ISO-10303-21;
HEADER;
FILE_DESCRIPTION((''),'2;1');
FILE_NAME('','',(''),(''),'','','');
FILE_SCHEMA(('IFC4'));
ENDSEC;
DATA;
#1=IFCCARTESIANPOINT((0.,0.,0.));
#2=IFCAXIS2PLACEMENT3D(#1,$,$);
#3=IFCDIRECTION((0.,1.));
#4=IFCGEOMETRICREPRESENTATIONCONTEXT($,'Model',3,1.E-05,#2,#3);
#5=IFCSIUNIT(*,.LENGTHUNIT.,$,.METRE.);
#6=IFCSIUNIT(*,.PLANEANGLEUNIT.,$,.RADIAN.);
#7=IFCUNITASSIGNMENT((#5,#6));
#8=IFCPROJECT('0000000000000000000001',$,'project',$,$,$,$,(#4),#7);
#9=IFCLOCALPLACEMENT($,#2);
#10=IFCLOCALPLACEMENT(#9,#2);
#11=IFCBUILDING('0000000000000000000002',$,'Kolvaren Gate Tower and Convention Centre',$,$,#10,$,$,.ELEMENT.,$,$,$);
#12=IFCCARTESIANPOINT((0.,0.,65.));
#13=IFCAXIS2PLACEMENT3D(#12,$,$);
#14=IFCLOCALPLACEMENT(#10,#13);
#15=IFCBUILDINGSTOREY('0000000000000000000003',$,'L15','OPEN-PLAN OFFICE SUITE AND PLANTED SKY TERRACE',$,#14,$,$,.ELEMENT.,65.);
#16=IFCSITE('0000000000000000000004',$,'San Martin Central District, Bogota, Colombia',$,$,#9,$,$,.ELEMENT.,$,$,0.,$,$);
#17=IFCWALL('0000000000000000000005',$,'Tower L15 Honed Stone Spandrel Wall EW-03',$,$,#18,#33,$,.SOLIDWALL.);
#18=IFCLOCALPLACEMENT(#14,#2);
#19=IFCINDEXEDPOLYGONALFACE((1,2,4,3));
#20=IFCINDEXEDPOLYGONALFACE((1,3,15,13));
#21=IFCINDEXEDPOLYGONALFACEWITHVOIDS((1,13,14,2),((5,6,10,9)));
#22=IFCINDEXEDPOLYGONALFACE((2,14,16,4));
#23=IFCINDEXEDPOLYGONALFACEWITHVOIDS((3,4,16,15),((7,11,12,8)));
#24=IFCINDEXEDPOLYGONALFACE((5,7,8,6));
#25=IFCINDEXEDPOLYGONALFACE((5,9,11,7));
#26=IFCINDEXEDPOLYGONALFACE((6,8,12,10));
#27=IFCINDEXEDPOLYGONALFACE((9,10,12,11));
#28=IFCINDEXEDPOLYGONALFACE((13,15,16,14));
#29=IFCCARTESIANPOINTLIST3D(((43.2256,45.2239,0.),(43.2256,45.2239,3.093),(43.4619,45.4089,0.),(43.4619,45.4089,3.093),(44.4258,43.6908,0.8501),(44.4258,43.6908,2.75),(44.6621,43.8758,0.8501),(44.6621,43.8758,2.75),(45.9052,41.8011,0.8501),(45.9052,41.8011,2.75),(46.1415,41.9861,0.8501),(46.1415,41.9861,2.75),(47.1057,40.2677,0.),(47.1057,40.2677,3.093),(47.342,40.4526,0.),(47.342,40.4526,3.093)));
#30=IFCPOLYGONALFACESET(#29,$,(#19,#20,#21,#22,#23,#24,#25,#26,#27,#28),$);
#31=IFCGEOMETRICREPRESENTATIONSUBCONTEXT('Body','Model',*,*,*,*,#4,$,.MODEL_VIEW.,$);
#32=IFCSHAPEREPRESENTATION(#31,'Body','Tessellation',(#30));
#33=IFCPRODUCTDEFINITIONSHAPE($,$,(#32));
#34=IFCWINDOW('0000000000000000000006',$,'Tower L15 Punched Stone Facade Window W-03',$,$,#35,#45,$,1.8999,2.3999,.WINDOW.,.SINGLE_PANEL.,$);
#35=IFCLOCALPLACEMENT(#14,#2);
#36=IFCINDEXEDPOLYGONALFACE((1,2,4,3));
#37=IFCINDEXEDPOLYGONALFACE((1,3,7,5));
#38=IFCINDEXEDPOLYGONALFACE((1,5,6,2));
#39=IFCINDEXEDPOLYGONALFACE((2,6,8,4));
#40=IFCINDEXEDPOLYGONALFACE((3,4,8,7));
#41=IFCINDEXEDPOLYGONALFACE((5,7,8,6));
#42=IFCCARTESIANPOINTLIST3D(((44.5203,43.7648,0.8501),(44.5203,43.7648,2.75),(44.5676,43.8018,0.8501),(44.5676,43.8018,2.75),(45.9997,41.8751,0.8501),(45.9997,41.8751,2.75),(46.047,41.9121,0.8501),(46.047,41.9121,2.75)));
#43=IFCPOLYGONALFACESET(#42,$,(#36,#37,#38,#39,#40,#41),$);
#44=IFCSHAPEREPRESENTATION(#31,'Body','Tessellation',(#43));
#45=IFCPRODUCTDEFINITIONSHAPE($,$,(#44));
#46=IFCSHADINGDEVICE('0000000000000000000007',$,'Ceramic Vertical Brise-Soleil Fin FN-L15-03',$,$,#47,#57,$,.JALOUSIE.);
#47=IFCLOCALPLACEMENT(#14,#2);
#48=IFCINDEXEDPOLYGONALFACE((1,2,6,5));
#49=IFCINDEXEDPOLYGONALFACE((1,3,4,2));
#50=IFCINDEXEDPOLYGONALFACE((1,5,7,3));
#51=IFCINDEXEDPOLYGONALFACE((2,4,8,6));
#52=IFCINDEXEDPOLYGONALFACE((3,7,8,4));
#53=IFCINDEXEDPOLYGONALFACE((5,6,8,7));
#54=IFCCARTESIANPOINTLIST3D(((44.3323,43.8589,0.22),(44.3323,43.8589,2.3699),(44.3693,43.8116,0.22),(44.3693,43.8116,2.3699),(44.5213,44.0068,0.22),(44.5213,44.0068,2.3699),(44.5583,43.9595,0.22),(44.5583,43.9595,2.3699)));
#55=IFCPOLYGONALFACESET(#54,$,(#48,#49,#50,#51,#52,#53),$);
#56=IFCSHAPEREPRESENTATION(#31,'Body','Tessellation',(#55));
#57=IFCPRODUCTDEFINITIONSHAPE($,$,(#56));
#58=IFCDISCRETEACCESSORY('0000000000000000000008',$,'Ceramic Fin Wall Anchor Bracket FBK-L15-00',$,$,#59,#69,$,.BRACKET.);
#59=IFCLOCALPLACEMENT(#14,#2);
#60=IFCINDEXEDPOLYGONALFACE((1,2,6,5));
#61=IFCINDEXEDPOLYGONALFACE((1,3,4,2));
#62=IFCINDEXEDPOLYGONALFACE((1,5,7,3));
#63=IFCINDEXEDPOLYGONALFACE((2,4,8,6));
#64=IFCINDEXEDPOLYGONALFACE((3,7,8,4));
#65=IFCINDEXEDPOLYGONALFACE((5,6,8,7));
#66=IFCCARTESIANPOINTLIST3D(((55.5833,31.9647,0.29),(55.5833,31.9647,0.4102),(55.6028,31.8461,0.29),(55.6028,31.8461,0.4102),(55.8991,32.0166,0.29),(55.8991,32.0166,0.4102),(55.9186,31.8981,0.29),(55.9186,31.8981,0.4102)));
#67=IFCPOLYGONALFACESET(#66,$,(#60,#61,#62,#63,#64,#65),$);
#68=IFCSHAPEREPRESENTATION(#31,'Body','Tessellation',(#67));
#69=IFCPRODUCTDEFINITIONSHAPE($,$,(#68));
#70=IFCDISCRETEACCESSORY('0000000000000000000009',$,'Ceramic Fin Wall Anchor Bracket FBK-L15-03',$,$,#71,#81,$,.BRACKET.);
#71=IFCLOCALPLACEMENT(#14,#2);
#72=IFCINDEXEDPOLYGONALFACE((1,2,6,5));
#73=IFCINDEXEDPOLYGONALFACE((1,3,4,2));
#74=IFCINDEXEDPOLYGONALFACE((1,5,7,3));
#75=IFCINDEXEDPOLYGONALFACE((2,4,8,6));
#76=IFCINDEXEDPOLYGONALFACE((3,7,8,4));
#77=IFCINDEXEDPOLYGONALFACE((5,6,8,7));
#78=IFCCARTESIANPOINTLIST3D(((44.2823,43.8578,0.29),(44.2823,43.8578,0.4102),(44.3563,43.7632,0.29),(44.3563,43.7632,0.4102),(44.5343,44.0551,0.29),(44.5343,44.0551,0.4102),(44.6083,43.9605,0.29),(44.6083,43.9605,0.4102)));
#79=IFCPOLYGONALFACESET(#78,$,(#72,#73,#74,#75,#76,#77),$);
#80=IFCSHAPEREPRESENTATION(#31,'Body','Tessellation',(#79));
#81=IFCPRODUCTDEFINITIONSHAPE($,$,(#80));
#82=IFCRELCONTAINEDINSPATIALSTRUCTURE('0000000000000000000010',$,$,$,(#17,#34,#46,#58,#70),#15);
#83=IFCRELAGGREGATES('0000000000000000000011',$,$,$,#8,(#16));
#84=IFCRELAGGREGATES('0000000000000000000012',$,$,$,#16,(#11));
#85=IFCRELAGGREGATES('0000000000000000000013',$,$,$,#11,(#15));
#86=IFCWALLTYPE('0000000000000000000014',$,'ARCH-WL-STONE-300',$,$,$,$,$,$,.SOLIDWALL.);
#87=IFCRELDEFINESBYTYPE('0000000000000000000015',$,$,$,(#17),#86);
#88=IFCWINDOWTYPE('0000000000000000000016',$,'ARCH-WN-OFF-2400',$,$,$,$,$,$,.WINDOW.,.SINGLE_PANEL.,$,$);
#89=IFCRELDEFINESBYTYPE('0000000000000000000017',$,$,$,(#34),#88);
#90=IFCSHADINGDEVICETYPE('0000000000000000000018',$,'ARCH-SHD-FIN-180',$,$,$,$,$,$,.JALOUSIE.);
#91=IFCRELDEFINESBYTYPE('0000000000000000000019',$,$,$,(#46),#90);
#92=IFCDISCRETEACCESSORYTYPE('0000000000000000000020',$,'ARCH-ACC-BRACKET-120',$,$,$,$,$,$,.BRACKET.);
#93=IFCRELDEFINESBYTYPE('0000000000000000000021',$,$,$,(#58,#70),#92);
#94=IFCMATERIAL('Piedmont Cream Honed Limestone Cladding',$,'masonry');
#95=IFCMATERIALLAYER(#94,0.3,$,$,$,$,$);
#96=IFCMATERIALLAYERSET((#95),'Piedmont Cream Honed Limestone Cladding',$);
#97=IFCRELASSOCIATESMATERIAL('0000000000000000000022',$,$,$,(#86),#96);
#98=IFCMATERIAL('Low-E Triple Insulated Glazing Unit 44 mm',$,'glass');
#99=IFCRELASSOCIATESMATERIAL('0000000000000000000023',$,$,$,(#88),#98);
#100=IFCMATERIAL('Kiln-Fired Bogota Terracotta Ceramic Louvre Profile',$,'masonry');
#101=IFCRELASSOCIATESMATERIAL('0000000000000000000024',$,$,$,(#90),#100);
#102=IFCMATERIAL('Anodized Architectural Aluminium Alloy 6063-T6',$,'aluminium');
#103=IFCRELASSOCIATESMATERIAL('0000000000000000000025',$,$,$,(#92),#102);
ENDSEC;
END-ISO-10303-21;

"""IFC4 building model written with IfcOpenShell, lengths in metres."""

from ifc_helpers import new_model, si_unit, direction, frame, frame_2d, origin, origin_2d, place, context, subcontext, project, spatial, rectangle, extrude, material, layer, layer_set, type_object, element, fill, save


model = new_model("IFC4")

# Units and contexts
model_context = context("Model", 3, precision=1e-05, world=origin(), true_north=direction((0.0, 1.0)))
body_context = subcontext(model_context, "Body", "Model", "MODEL_VIEW")
ifc_project = project(units=[si_unit("LENGTHUNIT", "METRE"), si_unit("PLANEANGLEUNIT", "RADIAN")], contexts=[model_context])

# Site, building, storey
site_placement = place(None, origin())
site = spatial("IfcSite", under=ifc_project, at=site_placement, Name="San Martin Central District, Bogota, Colombia", CompositionType="ELEMENT", RefElevation=0.0)
building_placement = place(site_placement, origin())
building = spatial("IfcBuilding", under=site, at=building_placement, Name="Kolvaren Gate Tower and Convention Centre", CompositionType="ELEMENT")
storey_placement = place(building_placement, frame((0.0, 0.0, 65.0)))
storey = spatial("IfcBuildingStorey", under=building, at=storey_placement, Name="L15", Description="OPEN-PLAN OFFICE SUITE AND PLANTED SKY TERRACE", CompositionType="ELEMENT", Elevation=65.0)

# Shared definitions
ifc_material_1 = material(Name="Piedmont Cream Honed Limestone Cladding", Category="masonry")

# Wall, opening, window
ifc_layer_1 = layer(ifc_material_1, 0.3)
ifc_layer_set_1 = layer_set([ifc_layer_1], Name="Piedmont Cream Honed Limestone Cladding")
wall_type_1 = type_object("IfcWallType", Name="ARCH-WL-STONE-300", PredefinedType="SOLIDWALL", material=ifc_layer_set_1)
ifc_material_2 = material(Name="Low-E Triple Insulated Glazing Unit 44 mm", Category="glass")
window_type_1 = type_object("IfcWindowType", Name="ARCH-WN-OFF-2400", PartitioningType="SINGLE_PANEL", PredefinedType="WINDOW", material=ifc_material_2)
wall_1_placement = place(storey_placement, frame((43.3438, 45.3164, 0.0), z_axis=(0.0, 0.0, 1.0), x_axis=(0.616435, -0.787406, 0.0)))
wall_1 = element("IfcWall", 1, at=wall_1_placement, inside=storey, type_object=wall_type_1, Name="Tower L15 Honed Stone Spandrel Wall EW-03", PredefinedType="SOLIDWALL", context=body_context, shape_type="SweptSolid", body=[
    extrude(rectangle(XDim=6.2944, YDim=0.3, at=frame_2d((3.1472, 0.0))), origin(), (0.0, 0.0, 1.0), 3.093),
])
opening_1_placement = place(wall_1_placement, frame((1.947, 0.0, 0.8501)))
opening_1 = element("IfcOpeningElement", 2, at=opening_1_placement, cuts=wall_1, PredefinedType="OPENING", context=body_context, shape_type="SweptSolid", body=[
    extrude(rectangle(XDim=2.3999, YDim=1.8999, at=frame_2d((1.2, 0.95))), frame((0.0, 0.1599, 0.0), z_axis=(0.0, -1.0, 0.0), x_axis=(1.0, 0.0, 0.0)), (0.0, 0.0, 1.0), 0.3201),
])
window_1_placement = place(opening_1_placement, origin())
window_1 = element("IfcWindow", 3, at=window_1_placement, inside=storey, type_object=window_type_1, Name="Tower L15 Punched Stone Facade Window W-03", OverallHeight=1.8999, OverallWidth=2.3999, PartitioningType="SINGLE_PANEL", PredefinedType="WINDOW", context=body_context, shape_type="SweptSolid", body=[
    extrude(rectangle(XDim=2.3999, YDim=1.8999, at=frame_2d((1.2, 0.95))), frame((0.0, 0.03, 0.0), z_axis=(0.0, -1.0, 0.0), x_axis=(1.0, 0.0, 0.0)), (0.0, 0.0, 1.0), 0.0601),
])
fill(opening_1, window_1)

# Shading device
ifc_material_3 = material(Name="Kiln-Fired Bogota Terracotta Ceramic Louvre Profile", Category="masonry")
shading_device_type = type_object("IfcShadingDeviceType", Name="ARCH-SHD-FIN-180", PredefinedType="JALOUSIE", material=ifc_material_3)
shading_device_placement = place(storey_placement, frame((44.4453, 43.9092, 0.22), z_axis=(0.0, 0.0, 1.0), x_axis=(0.616431, -0.787409, 0.0)))
element("IfcShadingDevice", 4, at=shading_device_placement, inside=storey, type_object=shading_device_type, Name="Ceramic Vertical Brise-Soleil Fin FN-L15-03", PredefinedType="JALOUSIE", context=body_context, shape_type="SweptSolid", body=[
    extrude(rectangle(XDim=0.0601, YDim=0.24, at=origin_2d()), origin(), (0.0, 0.0, 1.0), 2.1499),
])

# Discrete accessories
ifc_material_4 = material(Name="Anodized Architectural Aluminium Alloy 6063-T6", Category="aluminium")
discrete_accessory_type = type_object("IfcDiscreteAccessoryType", Name="ARCH-ACC-BRACKET-120", PredefinedType="BRACKET", material=ifc_material_4)
for number, where, z_axis, x_axis, name in (
    (5, (55.751, 31.9314, 0.29), (0.0, 0.0, 1.0), (0.162375, -0.986729, 0.0), "Ceramic Fin Wall Anchor Bracket FBK-L15-00"),
    (6, (44.4453, 43.9092, 0.29), (0.0, 0.0, 1.0), (0.616431, -0.787409, 0.0), "Ceramic Fin Wall Anchor Bracket FBK-L15-03"),
):
    element("IfcDiscreteAccessory", number, at=place(storey_placement, frame(where, z_axis=z_axis, x_axis=x_axis)), inside=storey, type_object=discrete_accessory_type, Name=name, PredefinedType="BRACKET", context=body_context, shape_type="SweptSolid", body=[
        extrude(rectangle(XDim=0.1201, YDim=0.3201, at=origin_2d()), origin(), (0.0, 0.0, 1.0), 0.1201),
    ])

save(model, "model.ifc")
